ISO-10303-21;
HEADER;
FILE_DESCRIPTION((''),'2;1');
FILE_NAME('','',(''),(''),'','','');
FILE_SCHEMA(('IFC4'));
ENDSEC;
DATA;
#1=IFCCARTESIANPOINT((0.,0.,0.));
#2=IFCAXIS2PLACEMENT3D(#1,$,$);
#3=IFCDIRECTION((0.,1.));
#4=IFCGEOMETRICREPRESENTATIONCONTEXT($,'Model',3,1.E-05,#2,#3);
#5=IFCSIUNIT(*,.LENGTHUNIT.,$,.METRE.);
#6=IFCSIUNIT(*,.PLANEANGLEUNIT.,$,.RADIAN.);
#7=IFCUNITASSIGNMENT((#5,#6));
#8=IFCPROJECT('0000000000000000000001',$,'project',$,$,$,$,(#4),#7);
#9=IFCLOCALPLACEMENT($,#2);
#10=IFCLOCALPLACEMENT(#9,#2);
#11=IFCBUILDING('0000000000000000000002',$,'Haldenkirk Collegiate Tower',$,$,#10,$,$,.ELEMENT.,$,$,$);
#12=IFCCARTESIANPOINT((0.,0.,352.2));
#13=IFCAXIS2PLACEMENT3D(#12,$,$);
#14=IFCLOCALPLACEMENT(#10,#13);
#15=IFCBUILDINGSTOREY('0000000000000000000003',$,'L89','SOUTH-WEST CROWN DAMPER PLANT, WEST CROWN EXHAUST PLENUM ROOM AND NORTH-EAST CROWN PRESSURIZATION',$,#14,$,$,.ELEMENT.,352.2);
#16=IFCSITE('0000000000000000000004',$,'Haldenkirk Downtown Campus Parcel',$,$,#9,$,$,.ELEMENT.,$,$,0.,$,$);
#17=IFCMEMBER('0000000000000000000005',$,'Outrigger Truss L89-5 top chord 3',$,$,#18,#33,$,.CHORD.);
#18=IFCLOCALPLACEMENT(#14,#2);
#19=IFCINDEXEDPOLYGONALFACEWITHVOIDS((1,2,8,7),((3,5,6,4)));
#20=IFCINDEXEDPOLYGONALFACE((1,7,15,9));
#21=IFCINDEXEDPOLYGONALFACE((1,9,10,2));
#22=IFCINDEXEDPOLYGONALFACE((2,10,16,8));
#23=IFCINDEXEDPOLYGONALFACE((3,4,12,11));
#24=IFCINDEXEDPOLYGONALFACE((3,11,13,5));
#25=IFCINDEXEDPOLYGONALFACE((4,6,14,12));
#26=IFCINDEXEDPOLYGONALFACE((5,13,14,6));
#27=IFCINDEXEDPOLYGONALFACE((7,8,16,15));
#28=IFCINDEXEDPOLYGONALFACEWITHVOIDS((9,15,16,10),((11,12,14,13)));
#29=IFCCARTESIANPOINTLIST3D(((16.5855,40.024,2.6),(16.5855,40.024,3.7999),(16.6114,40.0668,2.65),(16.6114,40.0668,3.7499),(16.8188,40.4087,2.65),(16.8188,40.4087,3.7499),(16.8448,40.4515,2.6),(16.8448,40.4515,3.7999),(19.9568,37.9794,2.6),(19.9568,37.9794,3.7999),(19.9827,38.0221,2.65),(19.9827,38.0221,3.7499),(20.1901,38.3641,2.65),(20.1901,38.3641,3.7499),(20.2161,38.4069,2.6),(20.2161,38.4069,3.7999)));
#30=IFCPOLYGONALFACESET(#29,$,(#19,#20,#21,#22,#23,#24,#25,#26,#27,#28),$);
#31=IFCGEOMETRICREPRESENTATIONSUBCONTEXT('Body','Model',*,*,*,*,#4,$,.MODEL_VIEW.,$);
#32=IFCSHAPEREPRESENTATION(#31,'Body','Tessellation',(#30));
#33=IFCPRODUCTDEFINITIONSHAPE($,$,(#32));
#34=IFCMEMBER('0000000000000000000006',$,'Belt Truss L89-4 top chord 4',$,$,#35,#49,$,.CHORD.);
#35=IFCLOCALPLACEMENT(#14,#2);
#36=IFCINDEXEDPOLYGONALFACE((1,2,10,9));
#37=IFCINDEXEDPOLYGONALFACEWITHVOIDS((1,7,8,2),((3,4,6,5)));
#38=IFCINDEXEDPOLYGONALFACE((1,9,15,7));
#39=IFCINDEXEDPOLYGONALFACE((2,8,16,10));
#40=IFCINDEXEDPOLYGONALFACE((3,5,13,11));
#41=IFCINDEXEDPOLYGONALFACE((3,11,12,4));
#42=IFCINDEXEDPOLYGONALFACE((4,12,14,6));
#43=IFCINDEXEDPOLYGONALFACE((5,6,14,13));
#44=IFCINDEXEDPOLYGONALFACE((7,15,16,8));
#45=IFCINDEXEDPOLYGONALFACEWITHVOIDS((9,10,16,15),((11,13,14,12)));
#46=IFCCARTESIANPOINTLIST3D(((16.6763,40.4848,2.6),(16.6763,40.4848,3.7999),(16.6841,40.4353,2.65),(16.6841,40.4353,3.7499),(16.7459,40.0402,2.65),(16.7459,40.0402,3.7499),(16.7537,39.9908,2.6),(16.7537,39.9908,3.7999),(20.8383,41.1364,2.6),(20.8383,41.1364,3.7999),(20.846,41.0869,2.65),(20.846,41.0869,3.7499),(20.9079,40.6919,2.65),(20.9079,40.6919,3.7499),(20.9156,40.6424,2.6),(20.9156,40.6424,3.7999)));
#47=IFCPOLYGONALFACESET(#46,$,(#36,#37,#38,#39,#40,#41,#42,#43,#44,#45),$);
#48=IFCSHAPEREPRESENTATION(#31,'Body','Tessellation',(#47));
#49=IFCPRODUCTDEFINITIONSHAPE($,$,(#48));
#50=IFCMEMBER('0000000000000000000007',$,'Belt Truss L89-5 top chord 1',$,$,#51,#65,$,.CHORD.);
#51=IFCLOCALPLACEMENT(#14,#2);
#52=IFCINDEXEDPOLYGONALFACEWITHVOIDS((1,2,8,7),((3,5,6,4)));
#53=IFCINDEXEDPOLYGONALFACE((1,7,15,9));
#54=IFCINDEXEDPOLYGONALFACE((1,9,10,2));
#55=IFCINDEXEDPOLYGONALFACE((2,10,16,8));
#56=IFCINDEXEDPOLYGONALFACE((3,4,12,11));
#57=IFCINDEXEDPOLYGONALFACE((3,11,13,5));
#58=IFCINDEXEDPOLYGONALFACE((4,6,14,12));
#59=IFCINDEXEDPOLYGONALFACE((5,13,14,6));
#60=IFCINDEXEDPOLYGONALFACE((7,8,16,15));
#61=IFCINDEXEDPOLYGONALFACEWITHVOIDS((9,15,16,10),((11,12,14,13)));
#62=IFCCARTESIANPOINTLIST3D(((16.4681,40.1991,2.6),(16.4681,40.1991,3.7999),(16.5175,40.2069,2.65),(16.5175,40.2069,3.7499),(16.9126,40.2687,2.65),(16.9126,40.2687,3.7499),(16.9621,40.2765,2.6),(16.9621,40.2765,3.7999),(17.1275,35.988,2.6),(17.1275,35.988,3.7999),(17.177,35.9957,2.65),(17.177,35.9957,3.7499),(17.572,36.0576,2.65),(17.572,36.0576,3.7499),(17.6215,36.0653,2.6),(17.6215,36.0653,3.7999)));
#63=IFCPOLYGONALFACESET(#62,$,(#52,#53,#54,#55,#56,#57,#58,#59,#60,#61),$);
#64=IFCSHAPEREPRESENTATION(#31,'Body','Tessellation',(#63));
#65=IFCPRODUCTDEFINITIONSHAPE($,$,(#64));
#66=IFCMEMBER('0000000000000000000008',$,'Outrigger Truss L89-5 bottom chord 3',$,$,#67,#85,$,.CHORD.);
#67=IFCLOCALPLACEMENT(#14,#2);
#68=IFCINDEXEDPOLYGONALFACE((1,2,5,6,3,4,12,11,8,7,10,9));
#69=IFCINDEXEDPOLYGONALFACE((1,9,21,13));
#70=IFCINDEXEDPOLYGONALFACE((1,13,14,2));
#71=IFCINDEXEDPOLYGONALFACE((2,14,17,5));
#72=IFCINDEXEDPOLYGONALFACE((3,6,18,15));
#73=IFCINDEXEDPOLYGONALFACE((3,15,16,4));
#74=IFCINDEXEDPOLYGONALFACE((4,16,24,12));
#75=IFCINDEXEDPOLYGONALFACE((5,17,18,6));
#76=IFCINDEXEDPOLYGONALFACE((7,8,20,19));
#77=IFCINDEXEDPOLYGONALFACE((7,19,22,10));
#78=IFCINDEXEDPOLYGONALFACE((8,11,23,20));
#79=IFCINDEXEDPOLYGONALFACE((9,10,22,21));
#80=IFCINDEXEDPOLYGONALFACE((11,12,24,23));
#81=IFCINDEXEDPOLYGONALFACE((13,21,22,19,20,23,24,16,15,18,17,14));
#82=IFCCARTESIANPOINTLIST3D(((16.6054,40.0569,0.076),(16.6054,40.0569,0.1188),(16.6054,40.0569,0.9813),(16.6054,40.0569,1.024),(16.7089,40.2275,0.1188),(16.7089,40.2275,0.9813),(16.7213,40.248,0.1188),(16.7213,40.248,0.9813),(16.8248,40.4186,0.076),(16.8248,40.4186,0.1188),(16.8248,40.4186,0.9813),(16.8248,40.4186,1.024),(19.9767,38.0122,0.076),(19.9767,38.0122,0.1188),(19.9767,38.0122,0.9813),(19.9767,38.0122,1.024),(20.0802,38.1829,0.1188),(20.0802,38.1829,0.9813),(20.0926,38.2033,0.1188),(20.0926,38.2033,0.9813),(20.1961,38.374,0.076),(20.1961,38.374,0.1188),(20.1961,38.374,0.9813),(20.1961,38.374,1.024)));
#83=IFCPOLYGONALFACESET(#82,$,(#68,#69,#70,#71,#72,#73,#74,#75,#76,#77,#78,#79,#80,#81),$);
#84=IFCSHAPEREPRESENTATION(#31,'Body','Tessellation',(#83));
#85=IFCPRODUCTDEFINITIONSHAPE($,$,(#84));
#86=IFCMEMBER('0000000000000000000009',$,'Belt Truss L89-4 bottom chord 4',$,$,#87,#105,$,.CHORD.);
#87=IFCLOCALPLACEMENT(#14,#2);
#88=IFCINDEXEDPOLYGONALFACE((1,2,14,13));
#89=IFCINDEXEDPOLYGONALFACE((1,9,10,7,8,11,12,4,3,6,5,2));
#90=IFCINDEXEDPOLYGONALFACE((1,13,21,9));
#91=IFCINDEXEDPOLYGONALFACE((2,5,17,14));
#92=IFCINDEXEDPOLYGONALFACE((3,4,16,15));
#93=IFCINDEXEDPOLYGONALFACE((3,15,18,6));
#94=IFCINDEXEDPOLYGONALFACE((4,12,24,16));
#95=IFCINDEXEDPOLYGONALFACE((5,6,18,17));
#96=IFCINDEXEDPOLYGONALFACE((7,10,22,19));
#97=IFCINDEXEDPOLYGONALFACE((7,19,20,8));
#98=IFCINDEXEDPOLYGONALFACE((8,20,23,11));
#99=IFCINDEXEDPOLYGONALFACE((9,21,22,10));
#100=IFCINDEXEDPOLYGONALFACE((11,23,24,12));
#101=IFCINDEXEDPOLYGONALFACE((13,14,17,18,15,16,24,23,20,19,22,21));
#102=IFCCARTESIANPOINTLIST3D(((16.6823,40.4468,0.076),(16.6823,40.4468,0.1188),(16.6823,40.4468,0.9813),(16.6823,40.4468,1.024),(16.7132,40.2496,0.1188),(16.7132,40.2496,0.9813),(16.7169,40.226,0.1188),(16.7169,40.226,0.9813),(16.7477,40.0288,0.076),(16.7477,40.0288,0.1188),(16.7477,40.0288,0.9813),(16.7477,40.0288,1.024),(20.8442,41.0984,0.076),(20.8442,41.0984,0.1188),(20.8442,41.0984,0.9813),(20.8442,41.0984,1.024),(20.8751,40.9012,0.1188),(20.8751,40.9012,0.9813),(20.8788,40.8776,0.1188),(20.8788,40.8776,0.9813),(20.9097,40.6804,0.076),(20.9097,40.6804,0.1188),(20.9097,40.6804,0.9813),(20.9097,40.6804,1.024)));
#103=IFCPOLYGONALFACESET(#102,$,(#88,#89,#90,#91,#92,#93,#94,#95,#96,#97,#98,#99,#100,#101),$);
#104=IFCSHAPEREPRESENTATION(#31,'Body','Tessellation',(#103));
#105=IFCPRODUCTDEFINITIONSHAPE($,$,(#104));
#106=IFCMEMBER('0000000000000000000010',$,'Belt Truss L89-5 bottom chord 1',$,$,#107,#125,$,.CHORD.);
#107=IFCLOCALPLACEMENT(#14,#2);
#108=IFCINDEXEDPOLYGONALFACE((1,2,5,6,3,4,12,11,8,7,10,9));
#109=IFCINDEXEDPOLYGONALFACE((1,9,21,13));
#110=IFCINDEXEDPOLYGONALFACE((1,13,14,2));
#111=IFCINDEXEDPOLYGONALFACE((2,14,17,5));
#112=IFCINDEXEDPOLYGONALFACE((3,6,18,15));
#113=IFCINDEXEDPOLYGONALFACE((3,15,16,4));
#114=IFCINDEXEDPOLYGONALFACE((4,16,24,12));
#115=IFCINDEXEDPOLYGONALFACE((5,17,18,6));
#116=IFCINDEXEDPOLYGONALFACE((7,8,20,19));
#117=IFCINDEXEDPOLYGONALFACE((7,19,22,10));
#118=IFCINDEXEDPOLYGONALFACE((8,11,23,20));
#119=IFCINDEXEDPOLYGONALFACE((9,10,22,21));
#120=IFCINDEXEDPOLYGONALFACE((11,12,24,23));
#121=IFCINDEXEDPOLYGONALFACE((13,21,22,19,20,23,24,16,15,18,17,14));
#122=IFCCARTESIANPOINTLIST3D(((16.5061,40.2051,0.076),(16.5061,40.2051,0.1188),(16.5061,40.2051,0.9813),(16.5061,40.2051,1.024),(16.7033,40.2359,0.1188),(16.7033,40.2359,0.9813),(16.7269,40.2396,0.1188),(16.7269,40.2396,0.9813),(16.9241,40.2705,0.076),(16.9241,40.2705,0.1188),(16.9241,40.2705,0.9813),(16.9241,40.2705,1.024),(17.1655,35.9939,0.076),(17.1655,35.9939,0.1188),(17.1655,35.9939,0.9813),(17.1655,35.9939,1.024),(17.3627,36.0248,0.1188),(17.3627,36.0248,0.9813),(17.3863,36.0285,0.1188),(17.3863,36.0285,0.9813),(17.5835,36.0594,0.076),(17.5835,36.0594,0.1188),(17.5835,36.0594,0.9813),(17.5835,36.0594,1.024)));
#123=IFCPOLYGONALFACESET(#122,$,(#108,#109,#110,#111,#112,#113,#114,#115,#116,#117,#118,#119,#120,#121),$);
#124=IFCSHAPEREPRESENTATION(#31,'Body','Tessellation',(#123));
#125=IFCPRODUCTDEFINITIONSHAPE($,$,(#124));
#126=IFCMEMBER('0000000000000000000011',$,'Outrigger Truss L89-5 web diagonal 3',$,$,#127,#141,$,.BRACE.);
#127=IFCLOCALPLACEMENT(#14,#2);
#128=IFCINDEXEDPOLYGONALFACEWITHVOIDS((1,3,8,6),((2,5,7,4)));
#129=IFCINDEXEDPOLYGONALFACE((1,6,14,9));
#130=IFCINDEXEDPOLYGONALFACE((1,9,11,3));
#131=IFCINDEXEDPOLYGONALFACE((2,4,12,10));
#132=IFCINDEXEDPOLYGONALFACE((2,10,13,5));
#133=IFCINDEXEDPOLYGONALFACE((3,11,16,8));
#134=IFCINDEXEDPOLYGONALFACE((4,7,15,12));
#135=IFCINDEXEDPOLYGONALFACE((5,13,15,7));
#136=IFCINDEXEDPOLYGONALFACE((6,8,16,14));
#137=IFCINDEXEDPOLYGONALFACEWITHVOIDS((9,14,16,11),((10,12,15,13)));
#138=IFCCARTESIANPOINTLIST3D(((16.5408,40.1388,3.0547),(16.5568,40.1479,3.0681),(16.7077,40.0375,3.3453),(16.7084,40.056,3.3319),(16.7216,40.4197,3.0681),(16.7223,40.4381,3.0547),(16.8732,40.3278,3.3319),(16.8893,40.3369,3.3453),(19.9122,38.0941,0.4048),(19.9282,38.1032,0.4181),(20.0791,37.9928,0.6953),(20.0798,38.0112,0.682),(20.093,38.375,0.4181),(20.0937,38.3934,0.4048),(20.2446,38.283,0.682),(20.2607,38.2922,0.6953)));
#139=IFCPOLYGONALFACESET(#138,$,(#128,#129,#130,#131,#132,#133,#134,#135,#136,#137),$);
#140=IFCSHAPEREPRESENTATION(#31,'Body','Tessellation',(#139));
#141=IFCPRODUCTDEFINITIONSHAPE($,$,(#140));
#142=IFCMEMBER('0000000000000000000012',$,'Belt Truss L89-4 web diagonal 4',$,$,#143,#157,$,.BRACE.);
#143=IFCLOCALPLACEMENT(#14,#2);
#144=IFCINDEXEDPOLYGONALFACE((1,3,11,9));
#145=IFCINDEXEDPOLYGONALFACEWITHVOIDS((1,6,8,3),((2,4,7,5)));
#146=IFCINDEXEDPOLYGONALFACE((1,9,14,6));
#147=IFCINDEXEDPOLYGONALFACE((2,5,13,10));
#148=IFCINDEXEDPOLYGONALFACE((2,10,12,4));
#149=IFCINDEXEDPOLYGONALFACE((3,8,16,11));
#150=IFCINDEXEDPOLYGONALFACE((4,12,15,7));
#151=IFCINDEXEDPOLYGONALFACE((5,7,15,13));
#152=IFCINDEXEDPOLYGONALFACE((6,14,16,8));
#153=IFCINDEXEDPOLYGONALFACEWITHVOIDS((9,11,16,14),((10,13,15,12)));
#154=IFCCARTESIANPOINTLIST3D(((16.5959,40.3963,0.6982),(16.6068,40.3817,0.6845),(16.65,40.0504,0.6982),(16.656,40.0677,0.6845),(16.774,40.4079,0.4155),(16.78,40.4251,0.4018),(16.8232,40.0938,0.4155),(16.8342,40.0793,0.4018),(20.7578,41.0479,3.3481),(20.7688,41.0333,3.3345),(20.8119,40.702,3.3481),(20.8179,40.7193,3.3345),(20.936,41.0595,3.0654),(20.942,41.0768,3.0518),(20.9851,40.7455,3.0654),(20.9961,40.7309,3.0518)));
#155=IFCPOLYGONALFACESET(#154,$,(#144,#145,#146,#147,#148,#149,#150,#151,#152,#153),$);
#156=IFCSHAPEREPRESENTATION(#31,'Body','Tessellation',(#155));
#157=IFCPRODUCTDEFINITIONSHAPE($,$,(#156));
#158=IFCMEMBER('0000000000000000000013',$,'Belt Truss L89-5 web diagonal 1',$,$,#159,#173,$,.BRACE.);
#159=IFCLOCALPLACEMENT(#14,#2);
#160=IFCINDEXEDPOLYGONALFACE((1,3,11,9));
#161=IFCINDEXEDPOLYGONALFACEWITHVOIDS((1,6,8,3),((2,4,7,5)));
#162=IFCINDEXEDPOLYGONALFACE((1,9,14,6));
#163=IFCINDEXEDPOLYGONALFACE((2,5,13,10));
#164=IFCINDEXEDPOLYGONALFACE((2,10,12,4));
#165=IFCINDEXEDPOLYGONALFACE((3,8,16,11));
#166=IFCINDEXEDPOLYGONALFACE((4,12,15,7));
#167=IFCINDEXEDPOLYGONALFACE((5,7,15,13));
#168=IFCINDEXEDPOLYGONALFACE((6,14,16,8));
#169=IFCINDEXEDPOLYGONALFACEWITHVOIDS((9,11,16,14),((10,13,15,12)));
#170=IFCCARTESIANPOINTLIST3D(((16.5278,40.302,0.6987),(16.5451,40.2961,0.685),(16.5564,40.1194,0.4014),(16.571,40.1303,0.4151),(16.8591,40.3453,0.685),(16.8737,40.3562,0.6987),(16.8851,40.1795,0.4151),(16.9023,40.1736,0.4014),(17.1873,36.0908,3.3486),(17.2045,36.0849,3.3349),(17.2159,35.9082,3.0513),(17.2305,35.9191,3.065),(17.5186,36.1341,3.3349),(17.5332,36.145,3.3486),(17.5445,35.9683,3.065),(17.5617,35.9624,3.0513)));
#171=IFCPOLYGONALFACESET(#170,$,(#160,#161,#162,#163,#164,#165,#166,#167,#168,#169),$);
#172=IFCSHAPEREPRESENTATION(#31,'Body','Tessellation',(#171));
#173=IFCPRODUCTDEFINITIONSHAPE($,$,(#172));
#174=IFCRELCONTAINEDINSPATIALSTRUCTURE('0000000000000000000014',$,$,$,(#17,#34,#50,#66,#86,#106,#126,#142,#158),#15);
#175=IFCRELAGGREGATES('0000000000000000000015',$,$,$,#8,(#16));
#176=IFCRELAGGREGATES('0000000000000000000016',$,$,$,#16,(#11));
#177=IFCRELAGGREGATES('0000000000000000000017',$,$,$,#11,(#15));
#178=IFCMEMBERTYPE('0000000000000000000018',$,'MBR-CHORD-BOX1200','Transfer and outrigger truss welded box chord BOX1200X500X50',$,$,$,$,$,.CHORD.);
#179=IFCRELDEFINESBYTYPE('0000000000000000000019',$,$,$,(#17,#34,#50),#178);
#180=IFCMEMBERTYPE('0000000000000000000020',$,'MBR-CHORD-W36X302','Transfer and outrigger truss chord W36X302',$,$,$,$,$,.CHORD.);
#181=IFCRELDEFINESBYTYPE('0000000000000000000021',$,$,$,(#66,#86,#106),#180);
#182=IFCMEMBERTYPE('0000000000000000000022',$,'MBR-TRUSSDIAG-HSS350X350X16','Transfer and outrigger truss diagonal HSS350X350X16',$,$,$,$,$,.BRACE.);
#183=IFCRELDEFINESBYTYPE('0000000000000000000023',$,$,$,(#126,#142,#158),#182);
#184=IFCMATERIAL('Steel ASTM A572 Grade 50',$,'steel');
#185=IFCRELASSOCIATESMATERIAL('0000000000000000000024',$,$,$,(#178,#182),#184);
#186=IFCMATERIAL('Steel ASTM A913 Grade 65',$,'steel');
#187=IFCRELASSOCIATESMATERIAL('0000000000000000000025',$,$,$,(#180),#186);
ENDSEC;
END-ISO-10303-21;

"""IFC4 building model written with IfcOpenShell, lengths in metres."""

from ifc_helpers import new_model, si_unit, direction, frame, origin, origin_2d, place, context, subcontext, project, spatial, hollow_rectangle, i_section, extrude, material, material_profile, profile_set, type_object, element, save


model = new_model("IFC4")

# Units and contexts
model_context = context("Model", 3, precision=1e-05, world=origin(), true_north=direction((0.0, 1.0)))
body_context = subcontext(model_context, "Body", "Model", "MODEL_VIEW")
ifc_project = project(units=[si_unit("LENGTHUNIT", "METRE"), si_unit("PLANEANGLEUNIT", "RADIAN")], contexts=[model_context])

# Site, building, storey
site_placement = place(None, origin())
site = spatial("IfcSite", under=ifc_project, at=site_placement, Name="Haldenkirk Downtown Campus Parcel", CompositionType="ELEMENT", RefElevation=0.0)
building_placement = place(site_placement, origin())
building = spatial("IfcBuilding", under=site, at=building_placement, Name="Haldenkirk Collegiate Tower", CompositionType="ELEMENT")
storey_placement = place(building_placement, frame((0.0, 0.0, 352.2)))
storey = spatial("IfcBuildingStorey", under=building, at=storey_placement, Name="L89", Description="SOUTH-WEST CROWN DAMPER PLANT, WEST CROWN EXHAUST PLENUM ROOM AND NORTH-EAST CROWN PRESSURIZATION", CompositionType="ELEMENT", Elevation=352.2)

# Shared definitions
ifc_material_1 = material(Name="Steel ASTM A913 Grade 65", Category="steel")
ifc_material_2 = material(Name="Steel ASTM A572 Grade 50", Category="steel")

# Members
ifc_material_profile_1 = material_profile(ifc_material_2, hollow_rectangle(XDim=0.5, YDim=1.2, WallThickness=0.05, at=origin_2d()), Name="BOX1200X500X50")
ifc_profile_set_1 = profile_set([ifc_material_profile_1], Name="Steel ASTM A572 Grade 50")
member_type_1 = type_object("IfcMemberType", Name="MBR-CHORD-BOX1200", Description="Transfer and outrigger truss welded box chord BOX1200X500X50", PredefinedType="CHORD", material=ifc_profile_set_1)
member_1_placement = place(storey_placement, frame((20.0864, 38.1931, 3.2), z_axis=(-0.855036, 0.518569, 0.0), x_axis=(-0.518569, -0.855036, 0.0)))
element("IfcMember", 1, at=member_1_placement, inside=storey, type_object=member_type_1, Name="Outrigger Truss L89-5 top chord 3", PredefinedType="CHORD", context=body_context, shape_type="SweptSolid", body=[
    extrude(hollow_rectangle(XDim=0.5, YDim=1.2, WallThickness=0.05, at=origin_2d()), origin(), (0.0, 0.0, 1.0), 3.9429),
])
member_2_placement = place(storey_placement, frame((20.877, 40.8894, 3.2), z_axis=(-0.987964, -0.154683, 0.0), x_axis=(0.154683, -0.987964, 0.0)))
element("IfcMember", 2, at=member_2_placement, inside=storey, type_object=member_type_1, Name="Belt Truss L89-4 top chord 4", PredefinedType="CHORD", context=body_context, shape_type="SweptSolid", body=[
    extrude(hollow_rectangle(XDim=0.5, YDim=1.2, WallThickness=0.05, at=origin_2d()), origin(), (0.0, 0.0, 1.0), 4.2126),
])
member_3_placement = place(storey_placement, frame((16.7151, 40.2378, 3.2), z_axis=(0.154704, -0.987961, 0.0), x_axis=(0.987961, 0.154704, 0.0)))
element("IfcMember", 3, at=member_3_placement, inside=storey, type_object=member_type_1, Name="Belt Truss L89-5 top chord 1", PredefinedType="CHORD", context=body_context, shape_type="SweptSolid", body=[
    extrude(hollow_rectangle(XDim=0.5, YDim=1.2, WallThickness=0.05, at=origin_2d()), origin(), (0.0, 0.0, 1.0), 4.2625),
])
ifc_material_profile_2 = material_profile(ifc_material_1, i_section(OverallWidth=0.4231, OverallDepth=0.948, WebThickness=0.0239, FlangeThickness=0.0427, at=origin_2d()), Name="W36X302")
ifc_profile_set_2 = profile_set([ifc_material_profile_2], Name="Steel ASTM A913 Grade 65")
member_type_2 = type_object("IfcMemberType", Name="MBR-CHORD-W36X302", Description="Transfer and outrigger truss chord W36X302", PredefinedType="CHORD", material=ifc_profile_set_2)
member_4_placement = place(storey_placement, frame((20.0864, 38.1931, 0.55), z_axis=(-0.855036, 0.518569, 0.0), x_axis=(-0.518569, -0.855036, 0.0)))
element("IfcMember", 4, at=member_4_placement, inside=storey, type_object=member_type_2, Name="Outrigger Truss L89-5 bottom chord 3", PredefinedType="CHORD", context=body_context, shape_type="SweptSolid", body=[
    extrude(i_section(OverallWidth=0.4231, OverallDepth=0.948, WebThickness=0.0239, FlangeThickness=0.0427, at=origin_2d()), origin(), (0.0, 0.0, 1.0), 3.9429),
])
member_5_placement = place(storey_placement, frame((20.877, 40.8894, 0.55), z_axis=(-0.987964, -0.154683, 0.0), x_axis=(0.154683, -0.987964, 0.0)))
element("IfcMember", 5, at=member_5_placement, inside=storey, type_object=member_type_2, Name="Belt Truss L89-4 bottom chord 4", PredefinedType="CHORD", context=body_context, shape_type="SweptSolid", body=[
    extrude(i_section(OverallWidth=0.4231, OverallDepth=0.948, WebThickness=0.0239, FlangeThickness=0.0427, at=origin_2d()), origin(), (0.0, 0.0, 1.0), 4.2126),
])
member_6_placement = place(storey_placement, frame((16.7151, 40.2378, 0.55), z_axis=(0.154704, -0.987961, 0.0), x_axis=(0.987961, 0.154704, 0.0)))
element("IfcMember", 6, at=member_6_placement, inside=storey, type_object=member_type_2, Name="Belt Truss L89-5 bottom chord 1", PredefinedType="CHORD", context=body_context, shape_type="SweptSolid", body=[
    extrude(i_section(OverallWidth=0.4231, OverallDepth=0.948, WebThickness=0.0239, FlangeThickness=0.0427, at=origin_2d()), origin(), (0.0, 0.0, 1.0), 4.2625),
])
ifc_material_profile_3 = material_profile(ifc_material_2, hollow_rectangle(XDim=0.3501, YDim=0.3501, WallThickness=0.0161, at=origin_2d()), Name="HSS350X350X16")
ifc_profile_set_3 = profile_set([ifc_material_profile_3], Name="Steel ASTM A572 Grade 50")
member_type_3 = type_object("IfcMemberType", Name="MBR-TRUSSDIAG-HSS350X350X16", Description="Transfer and outrigger truss diagonal HSS350X350X16", PredefinedType="BRACE", material=ifc_profile_set_3)
member_7_placement = place(storey_placement, frame((20.0864, 38.1931, 0.55), z_axis=(-0.709659, 0.4304, 0.557799), x_axis=(-0.518569, -0.855036, 0.0)))
element("IfcMember", 7, at=member_7_placement, inside=storey, type_object=member_type_3, Name="Outrigger Truss L89-5 web diagonal 3", PredefinedType="BRACE", context=body_context, shape_type="SweptSolid", body=[
    extrude(hollow_rectangle(XDim=0.3501, YDim=0.3501, WallThickness=0.0161, at=origin_2d()), origin(), (0.0, 0.0, 1.0), 4.7507),
])
member_8_placement = place(storey_placement, frame((20.877, 40.8894, 3.2), z_axis=(-0.836267, -0.130932, -0.53246), x_axis=(0.154683, -0.987964, 0.0)))
element("IfcMember", 8, at=member_8_placement, inside=storey, type_object=member_type_3, Name="Belt Truss L89-4 web diagonal 4", PredefinedType="BRACE", context=body_context, shape_type="SweptSolid", body=[
    extrude(hollow_rectangle(XDim=0.3501, YDim=0.3501, WallThickness=0.0161, at=origin_2d()), origin(), (0.0, 0.0, 1.0), 4.9768),
])
member_9_placement = place(storey_placement, frame((16.7151, 40.2378, 0.55), z_axis=(0.131384, -0.839039, 0.527969), x_axis=(0.987961, 0.154704, 0.0)))
element("IfcMember", 9, at=member_9_placement, inside=storey, type_object=member_type_3, Name="Belt Truss L89-5 web diagonal 1", PredefinedType="BRACE", context=body_context, shape_type="SweptSolid", body=[
    extrude(hollow_rectangle(XDim=0.3501, YDim=0.3501, WallThickness=0.0161, at=origin_2d()), origin(), (0.0, 0.0, 1.0), 5.019),
])

save(model, "model.ifc")
